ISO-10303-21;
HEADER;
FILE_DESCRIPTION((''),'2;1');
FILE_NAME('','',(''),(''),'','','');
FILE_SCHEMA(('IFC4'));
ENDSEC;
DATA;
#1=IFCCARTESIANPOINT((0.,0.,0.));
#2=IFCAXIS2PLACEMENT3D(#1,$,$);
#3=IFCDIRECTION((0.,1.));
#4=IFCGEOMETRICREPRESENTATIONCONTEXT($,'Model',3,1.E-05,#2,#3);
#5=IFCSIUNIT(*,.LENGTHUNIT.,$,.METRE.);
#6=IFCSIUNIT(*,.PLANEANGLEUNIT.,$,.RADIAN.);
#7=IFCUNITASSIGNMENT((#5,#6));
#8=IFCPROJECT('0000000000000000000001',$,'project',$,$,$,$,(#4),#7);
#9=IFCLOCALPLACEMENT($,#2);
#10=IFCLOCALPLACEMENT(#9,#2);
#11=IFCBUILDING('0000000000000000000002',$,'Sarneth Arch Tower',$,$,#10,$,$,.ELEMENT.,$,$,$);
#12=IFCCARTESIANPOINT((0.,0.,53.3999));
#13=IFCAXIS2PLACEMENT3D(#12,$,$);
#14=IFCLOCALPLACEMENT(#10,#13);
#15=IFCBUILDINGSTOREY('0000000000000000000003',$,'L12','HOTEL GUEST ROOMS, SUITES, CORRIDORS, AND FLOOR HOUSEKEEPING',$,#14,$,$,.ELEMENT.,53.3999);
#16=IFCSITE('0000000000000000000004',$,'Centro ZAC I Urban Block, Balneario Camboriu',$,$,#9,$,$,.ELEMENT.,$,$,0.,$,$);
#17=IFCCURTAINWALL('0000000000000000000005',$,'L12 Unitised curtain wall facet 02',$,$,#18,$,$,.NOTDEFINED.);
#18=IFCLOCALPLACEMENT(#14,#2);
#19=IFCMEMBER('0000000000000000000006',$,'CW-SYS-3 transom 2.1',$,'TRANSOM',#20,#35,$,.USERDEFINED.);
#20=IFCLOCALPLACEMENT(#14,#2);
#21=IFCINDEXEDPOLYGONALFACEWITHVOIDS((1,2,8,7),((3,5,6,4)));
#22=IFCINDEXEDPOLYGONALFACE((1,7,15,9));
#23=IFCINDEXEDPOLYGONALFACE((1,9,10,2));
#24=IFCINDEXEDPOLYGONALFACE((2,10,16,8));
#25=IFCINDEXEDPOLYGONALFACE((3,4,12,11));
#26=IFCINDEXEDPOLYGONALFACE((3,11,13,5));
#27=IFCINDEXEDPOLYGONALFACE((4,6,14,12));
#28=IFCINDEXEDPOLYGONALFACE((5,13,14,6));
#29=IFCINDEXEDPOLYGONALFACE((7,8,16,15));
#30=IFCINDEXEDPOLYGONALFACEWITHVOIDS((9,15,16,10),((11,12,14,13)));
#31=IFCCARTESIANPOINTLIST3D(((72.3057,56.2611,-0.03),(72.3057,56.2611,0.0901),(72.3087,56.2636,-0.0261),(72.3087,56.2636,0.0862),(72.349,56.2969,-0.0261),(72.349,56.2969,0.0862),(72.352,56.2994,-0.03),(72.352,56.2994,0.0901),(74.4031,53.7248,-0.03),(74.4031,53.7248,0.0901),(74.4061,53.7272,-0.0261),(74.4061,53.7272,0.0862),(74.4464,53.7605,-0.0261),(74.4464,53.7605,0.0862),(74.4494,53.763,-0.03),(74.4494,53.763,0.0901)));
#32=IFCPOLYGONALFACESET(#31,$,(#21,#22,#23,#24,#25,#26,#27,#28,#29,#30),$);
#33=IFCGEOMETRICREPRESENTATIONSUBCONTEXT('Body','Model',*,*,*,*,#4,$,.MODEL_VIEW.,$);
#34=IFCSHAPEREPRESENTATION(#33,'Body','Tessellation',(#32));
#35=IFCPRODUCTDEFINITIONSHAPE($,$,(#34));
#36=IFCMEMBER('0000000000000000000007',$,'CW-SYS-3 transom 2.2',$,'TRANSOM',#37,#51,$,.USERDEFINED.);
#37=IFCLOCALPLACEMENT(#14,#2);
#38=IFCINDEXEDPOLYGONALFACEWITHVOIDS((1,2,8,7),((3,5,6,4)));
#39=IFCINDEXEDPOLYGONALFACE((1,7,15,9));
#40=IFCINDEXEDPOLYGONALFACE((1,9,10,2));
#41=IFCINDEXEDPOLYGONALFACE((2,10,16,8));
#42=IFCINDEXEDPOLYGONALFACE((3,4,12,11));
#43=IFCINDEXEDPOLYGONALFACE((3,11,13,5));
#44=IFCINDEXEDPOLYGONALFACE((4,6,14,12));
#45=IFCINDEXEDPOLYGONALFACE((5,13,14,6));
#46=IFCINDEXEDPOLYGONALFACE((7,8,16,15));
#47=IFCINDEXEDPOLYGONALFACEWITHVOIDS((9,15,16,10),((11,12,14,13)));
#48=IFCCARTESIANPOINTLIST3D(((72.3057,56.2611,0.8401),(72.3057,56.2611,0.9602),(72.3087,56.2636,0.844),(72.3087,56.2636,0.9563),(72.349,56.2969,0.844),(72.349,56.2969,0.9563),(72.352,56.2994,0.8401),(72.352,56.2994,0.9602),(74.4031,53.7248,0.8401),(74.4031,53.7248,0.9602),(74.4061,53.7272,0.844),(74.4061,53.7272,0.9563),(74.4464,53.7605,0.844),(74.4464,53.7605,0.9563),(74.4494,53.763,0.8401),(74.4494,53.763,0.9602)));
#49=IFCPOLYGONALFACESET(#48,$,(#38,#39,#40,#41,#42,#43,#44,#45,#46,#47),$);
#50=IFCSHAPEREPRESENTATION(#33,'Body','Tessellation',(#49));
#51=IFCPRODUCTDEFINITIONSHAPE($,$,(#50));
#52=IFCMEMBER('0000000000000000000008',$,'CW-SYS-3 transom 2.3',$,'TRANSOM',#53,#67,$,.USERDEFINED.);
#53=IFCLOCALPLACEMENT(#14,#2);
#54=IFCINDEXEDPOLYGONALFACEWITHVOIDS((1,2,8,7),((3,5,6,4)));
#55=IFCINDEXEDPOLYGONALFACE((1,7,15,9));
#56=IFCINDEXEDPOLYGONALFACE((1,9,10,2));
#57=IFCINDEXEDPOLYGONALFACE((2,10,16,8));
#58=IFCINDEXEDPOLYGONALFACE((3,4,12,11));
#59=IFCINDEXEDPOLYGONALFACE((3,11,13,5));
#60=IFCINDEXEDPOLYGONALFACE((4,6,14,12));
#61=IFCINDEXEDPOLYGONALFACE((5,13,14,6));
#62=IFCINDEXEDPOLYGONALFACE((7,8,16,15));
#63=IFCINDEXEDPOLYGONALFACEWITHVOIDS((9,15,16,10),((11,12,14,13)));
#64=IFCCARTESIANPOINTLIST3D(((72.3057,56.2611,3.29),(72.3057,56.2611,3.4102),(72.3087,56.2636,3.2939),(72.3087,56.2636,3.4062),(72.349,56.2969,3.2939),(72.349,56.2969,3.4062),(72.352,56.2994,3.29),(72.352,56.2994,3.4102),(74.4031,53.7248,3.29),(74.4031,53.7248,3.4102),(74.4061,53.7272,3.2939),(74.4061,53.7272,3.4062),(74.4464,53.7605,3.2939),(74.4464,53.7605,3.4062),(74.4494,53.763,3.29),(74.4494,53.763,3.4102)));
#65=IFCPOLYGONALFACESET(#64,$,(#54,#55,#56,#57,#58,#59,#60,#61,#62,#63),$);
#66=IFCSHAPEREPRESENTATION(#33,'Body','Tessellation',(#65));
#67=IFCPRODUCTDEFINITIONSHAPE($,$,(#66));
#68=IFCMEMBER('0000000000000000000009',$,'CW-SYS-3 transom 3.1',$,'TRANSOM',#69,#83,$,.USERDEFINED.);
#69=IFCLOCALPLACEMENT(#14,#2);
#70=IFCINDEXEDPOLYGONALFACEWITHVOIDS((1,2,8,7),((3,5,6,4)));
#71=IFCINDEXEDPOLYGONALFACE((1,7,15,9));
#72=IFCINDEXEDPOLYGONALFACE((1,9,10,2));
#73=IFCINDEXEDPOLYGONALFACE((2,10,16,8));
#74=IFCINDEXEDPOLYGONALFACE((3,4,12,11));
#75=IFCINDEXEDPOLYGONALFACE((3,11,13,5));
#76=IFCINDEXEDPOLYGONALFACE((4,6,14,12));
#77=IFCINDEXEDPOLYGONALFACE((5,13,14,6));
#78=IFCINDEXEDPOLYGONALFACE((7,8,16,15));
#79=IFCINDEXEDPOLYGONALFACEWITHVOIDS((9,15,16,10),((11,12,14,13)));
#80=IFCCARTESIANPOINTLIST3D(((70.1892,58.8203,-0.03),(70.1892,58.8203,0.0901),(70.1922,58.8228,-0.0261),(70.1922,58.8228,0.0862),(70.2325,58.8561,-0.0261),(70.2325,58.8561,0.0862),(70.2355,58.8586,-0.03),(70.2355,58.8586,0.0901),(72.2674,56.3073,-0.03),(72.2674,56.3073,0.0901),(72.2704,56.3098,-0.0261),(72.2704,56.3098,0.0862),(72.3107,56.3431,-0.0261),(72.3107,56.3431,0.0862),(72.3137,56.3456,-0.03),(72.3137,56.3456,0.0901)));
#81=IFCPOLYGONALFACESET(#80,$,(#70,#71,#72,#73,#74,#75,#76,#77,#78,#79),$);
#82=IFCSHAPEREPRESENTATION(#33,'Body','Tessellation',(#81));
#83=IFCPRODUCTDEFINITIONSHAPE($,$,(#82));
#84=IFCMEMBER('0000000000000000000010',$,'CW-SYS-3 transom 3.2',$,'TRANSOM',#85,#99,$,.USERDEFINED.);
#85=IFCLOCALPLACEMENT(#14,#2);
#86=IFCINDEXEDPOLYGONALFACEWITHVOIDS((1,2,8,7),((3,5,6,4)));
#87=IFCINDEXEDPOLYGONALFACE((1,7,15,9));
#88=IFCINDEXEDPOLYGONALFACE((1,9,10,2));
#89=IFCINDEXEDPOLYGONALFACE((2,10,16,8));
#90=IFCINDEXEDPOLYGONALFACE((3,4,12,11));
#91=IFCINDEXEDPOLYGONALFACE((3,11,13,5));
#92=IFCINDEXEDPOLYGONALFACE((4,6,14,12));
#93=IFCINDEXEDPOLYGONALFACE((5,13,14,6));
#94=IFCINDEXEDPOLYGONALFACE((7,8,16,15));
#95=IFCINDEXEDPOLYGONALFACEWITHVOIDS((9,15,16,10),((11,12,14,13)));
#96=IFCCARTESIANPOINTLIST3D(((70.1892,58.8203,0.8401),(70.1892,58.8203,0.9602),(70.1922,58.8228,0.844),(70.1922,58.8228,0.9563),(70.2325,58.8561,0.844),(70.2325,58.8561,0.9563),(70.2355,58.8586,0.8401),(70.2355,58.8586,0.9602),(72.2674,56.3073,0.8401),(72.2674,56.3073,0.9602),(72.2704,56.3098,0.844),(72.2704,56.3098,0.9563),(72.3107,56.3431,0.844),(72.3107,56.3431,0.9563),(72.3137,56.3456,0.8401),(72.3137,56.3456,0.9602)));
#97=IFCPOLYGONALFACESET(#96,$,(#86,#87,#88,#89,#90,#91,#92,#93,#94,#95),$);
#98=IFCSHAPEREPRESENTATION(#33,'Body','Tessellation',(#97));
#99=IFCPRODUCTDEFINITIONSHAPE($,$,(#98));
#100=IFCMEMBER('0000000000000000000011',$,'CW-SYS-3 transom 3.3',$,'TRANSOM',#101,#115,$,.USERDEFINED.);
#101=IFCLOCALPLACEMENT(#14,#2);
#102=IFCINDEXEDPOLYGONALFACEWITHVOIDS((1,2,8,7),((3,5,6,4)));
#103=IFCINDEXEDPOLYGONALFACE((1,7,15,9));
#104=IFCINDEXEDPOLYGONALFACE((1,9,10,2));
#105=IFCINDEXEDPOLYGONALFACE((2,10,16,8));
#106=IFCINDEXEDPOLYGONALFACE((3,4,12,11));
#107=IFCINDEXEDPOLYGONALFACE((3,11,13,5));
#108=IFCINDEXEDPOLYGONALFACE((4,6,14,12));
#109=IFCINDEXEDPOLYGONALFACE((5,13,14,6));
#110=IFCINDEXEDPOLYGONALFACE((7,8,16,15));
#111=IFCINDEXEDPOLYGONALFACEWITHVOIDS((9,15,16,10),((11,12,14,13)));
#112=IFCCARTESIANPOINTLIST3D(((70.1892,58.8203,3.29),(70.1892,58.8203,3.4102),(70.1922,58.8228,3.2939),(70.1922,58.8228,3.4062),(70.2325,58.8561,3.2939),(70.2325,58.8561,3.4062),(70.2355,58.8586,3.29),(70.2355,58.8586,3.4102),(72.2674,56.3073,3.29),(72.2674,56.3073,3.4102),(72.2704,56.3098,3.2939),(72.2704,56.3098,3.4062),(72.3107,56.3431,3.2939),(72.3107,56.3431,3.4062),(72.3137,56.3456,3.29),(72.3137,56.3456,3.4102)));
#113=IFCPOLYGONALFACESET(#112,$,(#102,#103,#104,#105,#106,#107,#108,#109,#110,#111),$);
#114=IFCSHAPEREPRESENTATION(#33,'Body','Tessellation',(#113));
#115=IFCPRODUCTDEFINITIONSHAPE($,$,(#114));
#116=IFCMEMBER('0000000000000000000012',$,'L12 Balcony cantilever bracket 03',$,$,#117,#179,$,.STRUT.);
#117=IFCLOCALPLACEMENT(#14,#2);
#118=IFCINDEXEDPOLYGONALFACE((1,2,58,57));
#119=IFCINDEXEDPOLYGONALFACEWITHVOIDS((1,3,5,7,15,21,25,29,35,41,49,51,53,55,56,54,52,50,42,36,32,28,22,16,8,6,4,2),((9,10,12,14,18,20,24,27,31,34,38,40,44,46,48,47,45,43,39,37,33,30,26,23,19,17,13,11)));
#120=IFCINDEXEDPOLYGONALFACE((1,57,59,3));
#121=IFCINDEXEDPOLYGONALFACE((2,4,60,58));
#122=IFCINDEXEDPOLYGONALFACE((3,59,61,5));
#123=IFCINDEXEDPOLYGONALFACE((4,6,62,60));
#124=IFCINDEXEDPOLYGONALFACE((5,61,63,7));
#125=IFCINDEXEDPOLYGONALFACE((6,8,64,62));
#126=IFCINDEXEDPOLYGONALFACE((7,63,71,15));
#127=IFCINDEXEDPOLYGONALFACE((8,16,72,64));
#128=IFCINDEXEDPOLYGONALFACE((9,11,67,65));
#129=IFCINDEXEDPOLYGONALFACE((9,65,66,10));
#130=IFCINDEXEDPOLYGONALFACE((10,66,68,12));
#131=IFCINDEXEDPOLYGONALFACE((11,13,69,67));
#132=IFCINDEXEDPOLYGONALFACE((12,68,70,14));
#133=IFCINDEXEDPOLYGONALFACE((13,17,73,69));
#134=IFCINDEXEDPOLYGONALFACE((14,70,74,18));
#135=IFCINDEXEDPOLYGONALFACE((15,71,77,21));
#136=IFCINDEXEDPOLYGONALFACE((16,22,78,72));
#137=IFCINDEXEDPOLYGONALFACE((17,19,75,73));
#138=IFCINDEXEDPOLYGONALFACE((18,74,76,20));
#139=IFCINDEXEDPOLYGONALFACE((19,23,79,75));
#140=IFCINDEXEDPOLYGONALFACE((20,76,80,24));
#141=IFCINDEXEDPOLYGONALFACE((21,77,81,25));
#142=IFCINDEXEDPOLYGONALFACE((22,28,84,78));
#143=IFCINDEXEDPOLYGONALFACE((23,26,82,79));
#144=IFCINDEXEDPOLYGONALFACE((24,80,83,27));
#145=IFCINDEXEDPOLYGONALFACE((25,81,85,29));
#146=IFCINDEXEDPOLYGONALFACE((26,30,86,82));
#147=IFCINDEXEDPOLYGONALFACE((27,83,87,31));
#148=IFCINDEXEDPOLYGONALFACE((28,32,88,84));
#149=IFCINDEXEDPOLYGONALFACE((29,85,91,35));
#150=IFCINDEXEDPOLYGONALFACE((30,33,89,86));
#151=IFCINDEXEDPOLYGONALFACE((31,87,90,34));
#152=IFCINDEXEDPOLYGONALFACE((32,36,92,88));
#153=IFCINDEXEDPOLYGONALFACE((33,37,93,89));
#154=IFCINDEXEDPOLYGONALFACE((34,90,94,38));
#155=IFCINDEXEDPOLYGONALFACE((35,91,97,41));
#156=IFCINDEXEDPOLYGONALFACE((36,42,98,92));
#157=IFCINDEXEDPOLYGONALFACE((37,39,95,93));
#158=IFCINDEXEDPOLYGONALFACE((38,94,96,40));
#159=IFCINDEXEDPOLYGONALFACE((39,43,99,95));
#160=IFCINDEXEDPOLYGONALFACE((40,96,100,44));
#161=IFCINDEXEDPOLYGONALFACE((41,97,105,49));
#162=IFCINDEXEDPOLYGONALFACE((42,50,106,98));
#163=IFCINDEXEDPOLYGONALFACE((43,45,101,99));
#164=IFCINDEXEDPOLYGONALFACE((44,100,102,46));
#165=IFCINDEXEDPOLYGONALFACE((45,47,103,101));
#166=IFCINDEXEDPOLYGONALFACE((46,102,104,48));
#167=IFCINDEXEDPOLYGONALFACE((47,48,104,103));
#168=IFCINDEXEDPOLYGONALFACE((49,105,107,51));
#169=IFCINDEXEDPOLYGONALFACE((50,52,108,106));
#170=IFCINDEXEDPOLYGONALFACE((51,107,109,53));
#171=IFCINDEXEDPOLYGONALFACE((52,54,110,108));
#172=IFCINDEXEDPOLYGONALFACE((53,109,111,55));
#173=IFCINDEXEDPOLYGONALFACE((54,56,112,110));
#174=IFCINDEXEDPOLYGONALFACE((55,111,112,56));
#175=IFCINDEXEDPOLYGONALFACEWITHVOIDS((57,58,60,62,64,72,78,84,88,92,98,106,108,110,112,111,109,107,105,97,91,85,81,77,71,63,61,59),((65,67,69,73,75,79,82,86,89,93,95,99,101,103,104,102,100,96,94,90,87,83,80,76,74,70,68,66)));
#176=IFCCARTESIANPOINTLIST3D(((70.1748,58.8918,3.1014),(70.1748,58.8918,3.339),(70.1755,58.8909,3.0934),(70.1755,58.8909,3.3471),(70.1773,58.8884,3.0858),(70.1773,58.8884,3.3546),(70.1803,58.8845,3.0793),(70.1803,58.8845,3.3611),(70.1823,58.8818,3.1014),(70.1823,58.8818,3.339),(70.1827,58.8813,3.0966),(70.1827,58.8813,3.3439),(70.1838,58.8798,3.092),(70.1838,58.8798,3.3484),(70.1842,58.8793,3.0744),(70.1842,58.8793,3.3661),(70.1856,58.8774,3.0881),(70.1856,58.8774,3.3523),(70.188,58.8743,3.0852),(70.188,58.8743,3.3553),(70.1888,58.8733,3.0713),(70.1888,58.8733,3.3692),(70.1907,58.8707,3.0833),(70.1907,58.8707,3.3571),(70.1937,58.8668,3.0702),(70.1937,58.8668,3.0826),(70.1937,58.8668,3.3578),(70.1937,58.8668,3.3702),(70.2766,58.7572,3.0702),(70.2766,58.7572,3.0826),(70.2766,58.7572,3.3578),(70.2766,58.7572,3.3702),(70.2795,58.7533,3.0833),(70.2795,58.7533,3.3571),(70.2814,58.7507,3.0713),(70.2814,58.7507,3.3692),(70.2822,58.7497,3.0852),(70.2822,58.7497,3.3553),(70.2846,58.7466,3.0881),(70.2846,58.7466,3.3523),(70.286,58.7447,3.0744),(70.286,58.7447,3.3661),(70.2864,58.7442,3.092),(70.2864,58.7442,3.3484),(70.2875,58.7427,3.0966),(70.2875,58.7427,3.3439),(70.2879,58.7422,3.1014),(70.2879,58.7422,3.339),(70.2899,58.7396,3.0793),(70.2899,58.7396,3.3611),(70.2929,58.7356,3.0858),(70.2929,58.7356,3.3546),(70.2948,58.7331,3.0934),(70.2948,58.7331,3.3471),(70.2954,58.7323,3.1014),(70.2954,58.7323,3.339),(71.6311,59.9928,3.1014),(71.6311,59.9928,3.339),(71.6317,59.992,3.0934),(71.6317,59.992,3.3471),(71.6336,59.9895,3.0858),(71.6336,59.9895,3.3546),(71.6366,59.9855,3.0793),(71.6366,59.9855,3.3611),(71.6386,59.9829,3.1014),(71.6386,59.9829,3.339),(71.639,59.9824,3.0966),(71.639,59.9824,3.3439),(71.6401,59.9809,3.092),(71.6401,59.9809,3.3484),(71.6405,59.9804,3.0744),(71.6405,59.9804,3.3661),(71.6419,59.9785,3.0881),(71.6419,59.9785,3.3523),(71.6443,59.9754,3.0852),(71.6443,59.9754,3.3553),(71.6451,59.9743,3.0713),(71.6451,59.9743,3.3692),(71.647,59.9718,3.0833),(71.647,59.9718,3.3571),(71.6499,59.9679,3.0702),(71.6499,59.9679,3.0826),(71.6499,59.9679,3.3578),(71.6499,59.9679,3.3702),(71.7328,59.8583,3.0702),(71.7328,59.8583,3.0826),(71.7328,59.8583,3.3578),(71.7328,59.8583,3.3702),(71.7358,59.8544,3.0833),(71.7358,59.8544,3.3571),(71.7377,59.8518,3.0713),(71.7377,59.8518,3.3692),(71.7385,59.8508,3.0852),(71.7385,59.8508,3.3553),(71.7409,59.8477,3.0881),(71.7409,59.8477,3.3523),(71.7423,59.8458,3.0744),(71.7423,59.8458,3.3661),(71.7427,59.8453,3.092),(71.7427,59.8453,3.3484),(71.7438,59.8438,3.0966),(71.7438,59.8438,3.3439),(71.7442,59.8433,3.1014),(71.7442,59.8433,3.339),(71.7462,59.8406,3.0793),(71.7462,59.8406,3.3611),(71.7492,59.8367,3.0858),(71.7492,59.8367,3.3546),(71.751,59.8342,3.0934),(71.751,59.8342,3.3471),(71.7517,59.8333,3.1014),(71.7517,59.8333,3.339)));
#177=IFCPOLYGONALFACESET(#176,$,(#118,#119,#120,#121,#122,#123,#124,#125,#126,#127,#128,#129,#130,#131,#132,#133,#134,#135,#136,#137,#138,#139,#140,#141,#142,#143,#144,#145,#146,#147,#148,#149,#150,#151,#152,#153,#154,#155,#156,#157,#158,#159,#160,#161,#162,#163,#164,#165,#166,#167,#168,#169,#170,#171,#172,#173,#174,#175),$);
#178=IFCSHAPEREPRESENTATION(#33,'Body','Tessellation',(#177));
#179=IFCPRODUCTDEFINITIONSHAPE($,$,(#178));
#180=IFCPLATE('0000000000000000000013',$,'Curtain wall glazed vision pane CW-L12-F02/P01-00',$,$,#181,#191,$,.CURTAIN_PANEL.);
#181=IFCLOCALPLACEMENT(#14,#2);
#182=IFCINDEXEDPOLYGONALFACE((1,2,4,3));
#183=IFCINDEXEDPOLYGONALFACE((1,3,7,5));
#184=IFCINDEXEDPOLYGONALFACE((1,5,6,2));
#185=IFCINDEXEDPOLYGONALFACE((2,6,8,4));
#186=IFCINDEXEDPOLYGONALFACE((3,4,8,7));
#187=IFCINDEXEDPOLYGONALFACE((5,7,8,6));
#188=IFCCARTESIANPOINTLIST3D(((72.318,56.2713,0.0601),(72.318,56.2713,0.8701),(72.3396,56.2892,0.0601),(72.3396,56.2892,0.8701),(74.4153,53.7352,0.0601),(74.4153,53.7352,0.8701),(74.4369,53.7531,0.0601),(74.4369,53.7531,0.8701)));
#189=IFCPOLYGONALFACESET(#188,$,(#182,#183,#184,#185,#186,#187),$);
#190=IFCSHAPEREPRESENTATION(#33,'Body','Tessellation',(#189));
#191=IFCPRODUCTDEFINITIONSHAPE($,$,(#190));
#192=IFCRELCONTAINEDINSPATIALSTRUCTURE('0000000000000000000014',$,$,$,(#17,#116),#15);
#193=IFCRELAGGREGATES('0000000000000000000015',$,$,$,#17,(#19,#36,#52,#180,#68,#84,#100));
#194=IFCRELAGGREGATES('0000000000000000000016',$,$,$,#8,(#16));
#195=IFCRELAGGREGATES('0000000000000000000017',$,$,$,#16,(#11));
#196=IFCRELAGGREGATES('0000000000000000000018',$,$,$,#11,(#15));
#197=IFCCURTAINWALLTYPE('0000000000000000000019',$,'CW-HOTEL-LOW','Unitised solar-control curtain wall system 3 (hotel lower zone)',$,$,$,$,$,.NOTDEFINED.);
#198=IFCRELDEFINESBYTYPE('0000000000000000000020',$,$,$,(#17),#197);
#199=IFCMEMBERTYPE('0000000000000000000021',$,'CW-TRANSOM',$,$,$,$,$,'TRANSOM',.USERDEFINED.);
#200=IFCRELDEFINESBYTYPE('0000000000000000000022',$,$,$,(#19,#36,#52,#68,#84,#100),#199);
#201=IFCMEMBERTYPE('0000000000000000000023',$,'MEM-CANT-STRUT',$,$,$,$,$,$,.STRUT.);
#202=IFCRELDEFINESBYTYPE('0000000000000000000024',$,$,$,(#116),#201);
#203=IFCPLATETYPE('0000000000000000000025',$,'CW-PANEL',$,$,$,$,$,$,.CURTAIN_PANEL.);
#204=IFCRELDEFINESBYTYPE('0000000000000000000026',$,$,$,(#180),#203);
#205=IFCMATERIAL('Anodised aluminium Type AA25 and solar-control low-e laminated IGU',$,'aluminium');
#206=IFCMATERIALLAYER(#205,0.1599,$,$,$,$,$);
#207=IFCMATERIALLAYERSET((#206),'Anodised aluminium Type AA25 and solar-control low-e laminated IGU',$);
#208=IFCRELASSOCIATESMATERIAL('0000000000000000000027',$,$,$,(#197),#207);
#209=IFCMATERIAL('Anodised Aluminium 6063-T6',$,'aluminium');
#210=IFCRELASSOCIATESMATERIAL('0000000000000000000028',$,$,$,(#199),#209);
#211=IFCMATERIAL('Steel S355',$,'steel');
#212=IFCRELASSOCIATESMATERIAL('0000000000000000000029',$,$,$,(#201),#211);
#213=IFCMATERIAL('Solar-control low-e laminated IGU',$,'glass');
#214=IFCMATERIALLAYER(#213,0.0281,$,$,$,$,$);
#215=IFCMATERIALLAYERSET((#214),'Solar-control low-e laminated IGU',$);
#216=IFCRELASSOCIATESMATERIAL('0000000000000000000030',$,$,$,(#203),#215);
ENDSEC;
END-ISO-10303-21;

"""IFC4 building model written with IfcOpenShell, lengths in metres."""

from ifc_helpers import new_model, si_unit, direction, frame, origin, origin_2d, place, context, subcontext, project, spatial, rectangle, hollow_rectangle, extrude, material, layer, layer_set, material_profile, profile_set, type_object, element, aggregate, save


model = new_model("IFC4")

# Units and contexts
model_context = context("Model", 3, precision=1e-05, world=origin(), true_north=direction((0.0, 1.0)))
body_context = subcontext(model_context, "Body", "Model", "MODEL_VIEW")
ifc_project = project(units=[si_unit("LENGTHUNIT", "METRE"), si_unit("PLANEANGLEUNIT", "RADIAN")], contexts=[model_context])

# Site, building, storey
site_placement = place(None, origin())
site = spatial("IfcSite", under=ifc_project, at=site_placement, Name="Centro ZAC I Urban Block, Balneario Camboriu", CompositionType="ELEMENT", RefElevation=0.0)
building_placement = place(site_placement, origin())
building = spatial("IfcBuilding", under=site, at=building_placement, Name="Sarneth Arch Tower", CompositionType="ELEMENT")
storey_placement = place(building_placement, frame((0.0, 0.0, 53.3999)))
storey = spatial("IfcBuildingStorey", under=building, at=storey_placement, Name="L12", Description="HOTEL GUEST ROOMS, SUITES, CORRIDORS, AND FLOOR HOUSEKEEPING", CompositionType="ELEMENT", Elevation=53.3999)

# Curtain wall, members
ifc_material_1 = material(Name="Anodised aluminium Type AA25 and solar-control low-e laminated IGU", Category="aluminium")
ifc_layer_1 = layer(ifc_material_1, 0.1599)
ifc_layer_set_1 = layer_set([ifc_layer_1], Name="Anodised aluminium Type AA25 and solar-control low-e laminated IGU")
curtain_wall_type = type_object("IfcCurtainWallType", Name="CW-HOTEL-LOW", Description="Unitised solar-control curtain wall system 3 (hotel lower zone)", PredefinedType="NOTDEFINED", material=ifc_layer_set_1)
curtain_wall_placement = place(storey_placement, origin())
curtain_wall = element("IfcCurtainWall", 1, at=curtain_wall_placement, inside=storey, type_object=curtain_wall_type, Name="L12 Unitised curtain wall facet 02", PredefinedType="NOTDEFINED")
ifc_material_2 = material(Name="Anodised Aluminium 6063-T6", Category="aluminium")
ifc_material_profile_1 = material_profile(ifc_material_2, hollow_rectangle(XDim=0.0601, YDim=0.1201, WallThickness=0.0039, at=origin_2d()), Name="AL-TRAN-120x60x4")
ifc_profile_set_1 = profile_set([ifc_material_profile_1], Name="Anodised Aluminium 6063-T6")
member_type_1 = type_object("IfcMemberType", Name="CW-TRANSOM", ElementType="TRANSOM", PredefinedType="USERDEFINED", material=ifc_profile_set_1)
member_1_placement = place(storey_placement, frame((74.4263, 53.7439, 0.03), z_axis=(-0.637269, 0.770642, 0.0), x_axis=(-0.770642, -0.637269, 0.0)))
member_1 = element("IfcMember", 2, at=member_1_placement, type_object=member_type_1, Name="CW-SYS-3 transom 2.1", ObjectType="TRANSOM", PredefinedType="USERDEFINED", context=body_context, shape_type="SweptSolid", body=[
    extrude(hollow_rectangle(XDim=0.0601, YDim=0.1201, WallThickness=0.0039, at=origin_2d()), origin(), (0.0, 0.0, 1.0), 3.2913),
])
member_2_placement = place(storey_placement, frame((74.4263, 53.7439, 0.9001), z_axis=(-0.637269, 0.770642, 0.0), x_axis=(-0.770642, -0.637269, 0.0)))
member_2 = element("IfcMember", 3, at=member_2_placement, type_object=member_type_1, Name="CW-SYS-3 transom 2.2", ObjectType="TRANSOM", PredefinedType="USERDEFINED", context=body_context, shape_type="SweptSolid", body=[
    extrude(hollow_rectangle(XDim=0.0601, YDim=0.1201, WallThickness=0.0039, at=origin_2d()), origin(), (0.0, 0.0, 1.0), 3.2913),
])
member_3_placement = place(storey_placement, frame((74.4263, 53.7439, 3.3501), z_axis=(-0.637269, 0.770642, 0.0), x_axis=(-0.770642, -0.637269, 0.0)))
member_3 = element("IfcMember", 4, at=member_3_placement, type_object=member_type_1, Name="CW-SYS-3 transom 2.3", ObjectType="TRANSOM", PredefinedType="USERDEFINED", context=body_context, shape_type="SweptSolid", body=[
    extrude(hollow_rectangle(XDim=0.0601, YDim=0.1201, WallThickness=0.0039, at=origin_2d()), origin(), (0.0, 0.0, 1.0), 3.2913),
])
member_4_placement = place(storey_placement, frame((72.2905, 56.3264, 0.03), z_axis=(-0.637286, 0.770628, 0.0), x_axis=(-0.770628, -0.637286, 0.0)))
member_4 = element("IfcMember", 5, at=member_4_placement, type_object=member_type_1, Name="CW-SYS-3 transom 3.1", ObjectType="TRANSOM", PredefinedType="USERDEFINED", context=body_context, shape_type="SweptSolid", body=[
    extrude(hollow_rectangle(XDim=0.0601, YDim=0.1201, WallThickness=0.0039, at=origin_2d()), origin(), (0.0, 0.0, 1.0), 3.261),
])
member_5_placement = place(storey_placement, frame((72.2905, 56.3264, 0.9001), z_axis=(-0.637286, 0.770628, 0.0), x_axis=(-0.770628, -0.637286, 0.0)))
member_5 = element("IfcMember", 6, at=member_5_placement, type_object=member_type_1, Name="CW-SYS-3 transom 3.2", ObjectType="TRANSOM", PredefinedType="USERDEFINED", context=body_context, shape_type="SweptSolid", body=[
    extrude(hollow_rectangle(XDim=0.0601, YDim=0.1201, WallThickness=0.0039, at=origin_2d()), origin(), (0.0, 0.0, 1.0), 3.261),
])
member_6_placement = place(storey_placement, frame((72.2905, 56.3264, 3.3501), z_axis=(-0.637286, 0.770628, 0.0), x_axis=(-0.770628, -0.637286, 0.0)))
member_6 = element("IfcMember", 7, at=member_6_placement, type_object=member_type_1, Name="CW-SYS-3 transom 3.3", ObjectType="TRANSOM", PredefinedType="USERDEFINED", context=body_context, shape_type="SweptSolid", body=[
    extrude(hollow_rectangle(XDim=0.0601, YDim=0.1201, WallThickness=0.0039, at=origin_2d()), origin(), (0.0, 0.0, 1.0), 3.261),
])

# Member
ifc_material_3 = material(Name="Steel S355", Category="steel")
ifc_material_profile_2 = material_profile(ifc_material_3, hollow_rectangle(XDim=0.2, YDim=0.3, WallThickness=0.0125, InnerFilletRadius=0.0188, OuterFilletRadius=0.0312, at=origin_2d()), Name="RHS300x200x12.5")
ifc_profile_set_2 = profile_set([ifc_material_profile_2], Name="Steel S355")
member_type_2 = type_object("IfcMemberType", Name="MEM-CANT-STRUT", PredefinedType="STRUT", material=ifc_profile_set_2)
member_7_placement = place(storey_placement, frame((70.2351, 58.812, 3.2202), z_axis=(0.797667, 0.603098, 0.0), x_axis=(-0.603098, 0.797667, 0.0)))
element("IfcMember", 8, at=member_7_placement, inside=storey, type_object=member_type_2, Name="L12 Balcony cantilever bracket 03", PredefinedType="STRUT", context=body_context, shape_type="SweptSolid", body=[
    extrude(hollow_rectangle(XDim=0.2, YDim=0.3, WallThickness=0.0125, InnerFilletRadius=0.0188, OuterFilletRadius=0.0312, at=origin_2d()), origin(), (0.0, 0.0, 1.0), 1.8257),
])

# Plate
ifc_material_4 = material(Name="Solar-control low-e laminated IGU", Category="glass")
ifc_layer_2 = layer(ifc_material_4, 0.0281)
ifc_layer_set_2 = layer_set([ifc_layer_2], Name="Solar-control low-e laminated IGU")
plate_type_1 = type_object("IfcPlateType", Name="CW-PANEL", PredefinedType="CURTAIN_PANEL", material=ifc_layer_set_2)
plate_1_placement = place(storey_placement, frame((73.3774, 55.0122, 0.0601), z_axis=(0.0, 0.0, 1.0), x_axis=(-0.637291, 0.770623, 0.0)))
plate_1 = element("IfcPlate", 9, at=plate_1_placement, type_object=plate_type_1, Name="Curtain wall glazed vision pane CW-L12-F02/P01-00", PredefinedType="CURTAIN_PANEL", context=body_context, shape_type="SweptSolid", body=[
    extrude(rectangle(XDim=3.291, YDim=0.0281, at=origin_2d()), origin(), (0.0, 0.0, 1.0), 0.8101),
])
aggregate(curtain_wall, [member_1, member_2, member_3, plate_1, member_4, member_5, member_6])

save(model, "model.ifc")
